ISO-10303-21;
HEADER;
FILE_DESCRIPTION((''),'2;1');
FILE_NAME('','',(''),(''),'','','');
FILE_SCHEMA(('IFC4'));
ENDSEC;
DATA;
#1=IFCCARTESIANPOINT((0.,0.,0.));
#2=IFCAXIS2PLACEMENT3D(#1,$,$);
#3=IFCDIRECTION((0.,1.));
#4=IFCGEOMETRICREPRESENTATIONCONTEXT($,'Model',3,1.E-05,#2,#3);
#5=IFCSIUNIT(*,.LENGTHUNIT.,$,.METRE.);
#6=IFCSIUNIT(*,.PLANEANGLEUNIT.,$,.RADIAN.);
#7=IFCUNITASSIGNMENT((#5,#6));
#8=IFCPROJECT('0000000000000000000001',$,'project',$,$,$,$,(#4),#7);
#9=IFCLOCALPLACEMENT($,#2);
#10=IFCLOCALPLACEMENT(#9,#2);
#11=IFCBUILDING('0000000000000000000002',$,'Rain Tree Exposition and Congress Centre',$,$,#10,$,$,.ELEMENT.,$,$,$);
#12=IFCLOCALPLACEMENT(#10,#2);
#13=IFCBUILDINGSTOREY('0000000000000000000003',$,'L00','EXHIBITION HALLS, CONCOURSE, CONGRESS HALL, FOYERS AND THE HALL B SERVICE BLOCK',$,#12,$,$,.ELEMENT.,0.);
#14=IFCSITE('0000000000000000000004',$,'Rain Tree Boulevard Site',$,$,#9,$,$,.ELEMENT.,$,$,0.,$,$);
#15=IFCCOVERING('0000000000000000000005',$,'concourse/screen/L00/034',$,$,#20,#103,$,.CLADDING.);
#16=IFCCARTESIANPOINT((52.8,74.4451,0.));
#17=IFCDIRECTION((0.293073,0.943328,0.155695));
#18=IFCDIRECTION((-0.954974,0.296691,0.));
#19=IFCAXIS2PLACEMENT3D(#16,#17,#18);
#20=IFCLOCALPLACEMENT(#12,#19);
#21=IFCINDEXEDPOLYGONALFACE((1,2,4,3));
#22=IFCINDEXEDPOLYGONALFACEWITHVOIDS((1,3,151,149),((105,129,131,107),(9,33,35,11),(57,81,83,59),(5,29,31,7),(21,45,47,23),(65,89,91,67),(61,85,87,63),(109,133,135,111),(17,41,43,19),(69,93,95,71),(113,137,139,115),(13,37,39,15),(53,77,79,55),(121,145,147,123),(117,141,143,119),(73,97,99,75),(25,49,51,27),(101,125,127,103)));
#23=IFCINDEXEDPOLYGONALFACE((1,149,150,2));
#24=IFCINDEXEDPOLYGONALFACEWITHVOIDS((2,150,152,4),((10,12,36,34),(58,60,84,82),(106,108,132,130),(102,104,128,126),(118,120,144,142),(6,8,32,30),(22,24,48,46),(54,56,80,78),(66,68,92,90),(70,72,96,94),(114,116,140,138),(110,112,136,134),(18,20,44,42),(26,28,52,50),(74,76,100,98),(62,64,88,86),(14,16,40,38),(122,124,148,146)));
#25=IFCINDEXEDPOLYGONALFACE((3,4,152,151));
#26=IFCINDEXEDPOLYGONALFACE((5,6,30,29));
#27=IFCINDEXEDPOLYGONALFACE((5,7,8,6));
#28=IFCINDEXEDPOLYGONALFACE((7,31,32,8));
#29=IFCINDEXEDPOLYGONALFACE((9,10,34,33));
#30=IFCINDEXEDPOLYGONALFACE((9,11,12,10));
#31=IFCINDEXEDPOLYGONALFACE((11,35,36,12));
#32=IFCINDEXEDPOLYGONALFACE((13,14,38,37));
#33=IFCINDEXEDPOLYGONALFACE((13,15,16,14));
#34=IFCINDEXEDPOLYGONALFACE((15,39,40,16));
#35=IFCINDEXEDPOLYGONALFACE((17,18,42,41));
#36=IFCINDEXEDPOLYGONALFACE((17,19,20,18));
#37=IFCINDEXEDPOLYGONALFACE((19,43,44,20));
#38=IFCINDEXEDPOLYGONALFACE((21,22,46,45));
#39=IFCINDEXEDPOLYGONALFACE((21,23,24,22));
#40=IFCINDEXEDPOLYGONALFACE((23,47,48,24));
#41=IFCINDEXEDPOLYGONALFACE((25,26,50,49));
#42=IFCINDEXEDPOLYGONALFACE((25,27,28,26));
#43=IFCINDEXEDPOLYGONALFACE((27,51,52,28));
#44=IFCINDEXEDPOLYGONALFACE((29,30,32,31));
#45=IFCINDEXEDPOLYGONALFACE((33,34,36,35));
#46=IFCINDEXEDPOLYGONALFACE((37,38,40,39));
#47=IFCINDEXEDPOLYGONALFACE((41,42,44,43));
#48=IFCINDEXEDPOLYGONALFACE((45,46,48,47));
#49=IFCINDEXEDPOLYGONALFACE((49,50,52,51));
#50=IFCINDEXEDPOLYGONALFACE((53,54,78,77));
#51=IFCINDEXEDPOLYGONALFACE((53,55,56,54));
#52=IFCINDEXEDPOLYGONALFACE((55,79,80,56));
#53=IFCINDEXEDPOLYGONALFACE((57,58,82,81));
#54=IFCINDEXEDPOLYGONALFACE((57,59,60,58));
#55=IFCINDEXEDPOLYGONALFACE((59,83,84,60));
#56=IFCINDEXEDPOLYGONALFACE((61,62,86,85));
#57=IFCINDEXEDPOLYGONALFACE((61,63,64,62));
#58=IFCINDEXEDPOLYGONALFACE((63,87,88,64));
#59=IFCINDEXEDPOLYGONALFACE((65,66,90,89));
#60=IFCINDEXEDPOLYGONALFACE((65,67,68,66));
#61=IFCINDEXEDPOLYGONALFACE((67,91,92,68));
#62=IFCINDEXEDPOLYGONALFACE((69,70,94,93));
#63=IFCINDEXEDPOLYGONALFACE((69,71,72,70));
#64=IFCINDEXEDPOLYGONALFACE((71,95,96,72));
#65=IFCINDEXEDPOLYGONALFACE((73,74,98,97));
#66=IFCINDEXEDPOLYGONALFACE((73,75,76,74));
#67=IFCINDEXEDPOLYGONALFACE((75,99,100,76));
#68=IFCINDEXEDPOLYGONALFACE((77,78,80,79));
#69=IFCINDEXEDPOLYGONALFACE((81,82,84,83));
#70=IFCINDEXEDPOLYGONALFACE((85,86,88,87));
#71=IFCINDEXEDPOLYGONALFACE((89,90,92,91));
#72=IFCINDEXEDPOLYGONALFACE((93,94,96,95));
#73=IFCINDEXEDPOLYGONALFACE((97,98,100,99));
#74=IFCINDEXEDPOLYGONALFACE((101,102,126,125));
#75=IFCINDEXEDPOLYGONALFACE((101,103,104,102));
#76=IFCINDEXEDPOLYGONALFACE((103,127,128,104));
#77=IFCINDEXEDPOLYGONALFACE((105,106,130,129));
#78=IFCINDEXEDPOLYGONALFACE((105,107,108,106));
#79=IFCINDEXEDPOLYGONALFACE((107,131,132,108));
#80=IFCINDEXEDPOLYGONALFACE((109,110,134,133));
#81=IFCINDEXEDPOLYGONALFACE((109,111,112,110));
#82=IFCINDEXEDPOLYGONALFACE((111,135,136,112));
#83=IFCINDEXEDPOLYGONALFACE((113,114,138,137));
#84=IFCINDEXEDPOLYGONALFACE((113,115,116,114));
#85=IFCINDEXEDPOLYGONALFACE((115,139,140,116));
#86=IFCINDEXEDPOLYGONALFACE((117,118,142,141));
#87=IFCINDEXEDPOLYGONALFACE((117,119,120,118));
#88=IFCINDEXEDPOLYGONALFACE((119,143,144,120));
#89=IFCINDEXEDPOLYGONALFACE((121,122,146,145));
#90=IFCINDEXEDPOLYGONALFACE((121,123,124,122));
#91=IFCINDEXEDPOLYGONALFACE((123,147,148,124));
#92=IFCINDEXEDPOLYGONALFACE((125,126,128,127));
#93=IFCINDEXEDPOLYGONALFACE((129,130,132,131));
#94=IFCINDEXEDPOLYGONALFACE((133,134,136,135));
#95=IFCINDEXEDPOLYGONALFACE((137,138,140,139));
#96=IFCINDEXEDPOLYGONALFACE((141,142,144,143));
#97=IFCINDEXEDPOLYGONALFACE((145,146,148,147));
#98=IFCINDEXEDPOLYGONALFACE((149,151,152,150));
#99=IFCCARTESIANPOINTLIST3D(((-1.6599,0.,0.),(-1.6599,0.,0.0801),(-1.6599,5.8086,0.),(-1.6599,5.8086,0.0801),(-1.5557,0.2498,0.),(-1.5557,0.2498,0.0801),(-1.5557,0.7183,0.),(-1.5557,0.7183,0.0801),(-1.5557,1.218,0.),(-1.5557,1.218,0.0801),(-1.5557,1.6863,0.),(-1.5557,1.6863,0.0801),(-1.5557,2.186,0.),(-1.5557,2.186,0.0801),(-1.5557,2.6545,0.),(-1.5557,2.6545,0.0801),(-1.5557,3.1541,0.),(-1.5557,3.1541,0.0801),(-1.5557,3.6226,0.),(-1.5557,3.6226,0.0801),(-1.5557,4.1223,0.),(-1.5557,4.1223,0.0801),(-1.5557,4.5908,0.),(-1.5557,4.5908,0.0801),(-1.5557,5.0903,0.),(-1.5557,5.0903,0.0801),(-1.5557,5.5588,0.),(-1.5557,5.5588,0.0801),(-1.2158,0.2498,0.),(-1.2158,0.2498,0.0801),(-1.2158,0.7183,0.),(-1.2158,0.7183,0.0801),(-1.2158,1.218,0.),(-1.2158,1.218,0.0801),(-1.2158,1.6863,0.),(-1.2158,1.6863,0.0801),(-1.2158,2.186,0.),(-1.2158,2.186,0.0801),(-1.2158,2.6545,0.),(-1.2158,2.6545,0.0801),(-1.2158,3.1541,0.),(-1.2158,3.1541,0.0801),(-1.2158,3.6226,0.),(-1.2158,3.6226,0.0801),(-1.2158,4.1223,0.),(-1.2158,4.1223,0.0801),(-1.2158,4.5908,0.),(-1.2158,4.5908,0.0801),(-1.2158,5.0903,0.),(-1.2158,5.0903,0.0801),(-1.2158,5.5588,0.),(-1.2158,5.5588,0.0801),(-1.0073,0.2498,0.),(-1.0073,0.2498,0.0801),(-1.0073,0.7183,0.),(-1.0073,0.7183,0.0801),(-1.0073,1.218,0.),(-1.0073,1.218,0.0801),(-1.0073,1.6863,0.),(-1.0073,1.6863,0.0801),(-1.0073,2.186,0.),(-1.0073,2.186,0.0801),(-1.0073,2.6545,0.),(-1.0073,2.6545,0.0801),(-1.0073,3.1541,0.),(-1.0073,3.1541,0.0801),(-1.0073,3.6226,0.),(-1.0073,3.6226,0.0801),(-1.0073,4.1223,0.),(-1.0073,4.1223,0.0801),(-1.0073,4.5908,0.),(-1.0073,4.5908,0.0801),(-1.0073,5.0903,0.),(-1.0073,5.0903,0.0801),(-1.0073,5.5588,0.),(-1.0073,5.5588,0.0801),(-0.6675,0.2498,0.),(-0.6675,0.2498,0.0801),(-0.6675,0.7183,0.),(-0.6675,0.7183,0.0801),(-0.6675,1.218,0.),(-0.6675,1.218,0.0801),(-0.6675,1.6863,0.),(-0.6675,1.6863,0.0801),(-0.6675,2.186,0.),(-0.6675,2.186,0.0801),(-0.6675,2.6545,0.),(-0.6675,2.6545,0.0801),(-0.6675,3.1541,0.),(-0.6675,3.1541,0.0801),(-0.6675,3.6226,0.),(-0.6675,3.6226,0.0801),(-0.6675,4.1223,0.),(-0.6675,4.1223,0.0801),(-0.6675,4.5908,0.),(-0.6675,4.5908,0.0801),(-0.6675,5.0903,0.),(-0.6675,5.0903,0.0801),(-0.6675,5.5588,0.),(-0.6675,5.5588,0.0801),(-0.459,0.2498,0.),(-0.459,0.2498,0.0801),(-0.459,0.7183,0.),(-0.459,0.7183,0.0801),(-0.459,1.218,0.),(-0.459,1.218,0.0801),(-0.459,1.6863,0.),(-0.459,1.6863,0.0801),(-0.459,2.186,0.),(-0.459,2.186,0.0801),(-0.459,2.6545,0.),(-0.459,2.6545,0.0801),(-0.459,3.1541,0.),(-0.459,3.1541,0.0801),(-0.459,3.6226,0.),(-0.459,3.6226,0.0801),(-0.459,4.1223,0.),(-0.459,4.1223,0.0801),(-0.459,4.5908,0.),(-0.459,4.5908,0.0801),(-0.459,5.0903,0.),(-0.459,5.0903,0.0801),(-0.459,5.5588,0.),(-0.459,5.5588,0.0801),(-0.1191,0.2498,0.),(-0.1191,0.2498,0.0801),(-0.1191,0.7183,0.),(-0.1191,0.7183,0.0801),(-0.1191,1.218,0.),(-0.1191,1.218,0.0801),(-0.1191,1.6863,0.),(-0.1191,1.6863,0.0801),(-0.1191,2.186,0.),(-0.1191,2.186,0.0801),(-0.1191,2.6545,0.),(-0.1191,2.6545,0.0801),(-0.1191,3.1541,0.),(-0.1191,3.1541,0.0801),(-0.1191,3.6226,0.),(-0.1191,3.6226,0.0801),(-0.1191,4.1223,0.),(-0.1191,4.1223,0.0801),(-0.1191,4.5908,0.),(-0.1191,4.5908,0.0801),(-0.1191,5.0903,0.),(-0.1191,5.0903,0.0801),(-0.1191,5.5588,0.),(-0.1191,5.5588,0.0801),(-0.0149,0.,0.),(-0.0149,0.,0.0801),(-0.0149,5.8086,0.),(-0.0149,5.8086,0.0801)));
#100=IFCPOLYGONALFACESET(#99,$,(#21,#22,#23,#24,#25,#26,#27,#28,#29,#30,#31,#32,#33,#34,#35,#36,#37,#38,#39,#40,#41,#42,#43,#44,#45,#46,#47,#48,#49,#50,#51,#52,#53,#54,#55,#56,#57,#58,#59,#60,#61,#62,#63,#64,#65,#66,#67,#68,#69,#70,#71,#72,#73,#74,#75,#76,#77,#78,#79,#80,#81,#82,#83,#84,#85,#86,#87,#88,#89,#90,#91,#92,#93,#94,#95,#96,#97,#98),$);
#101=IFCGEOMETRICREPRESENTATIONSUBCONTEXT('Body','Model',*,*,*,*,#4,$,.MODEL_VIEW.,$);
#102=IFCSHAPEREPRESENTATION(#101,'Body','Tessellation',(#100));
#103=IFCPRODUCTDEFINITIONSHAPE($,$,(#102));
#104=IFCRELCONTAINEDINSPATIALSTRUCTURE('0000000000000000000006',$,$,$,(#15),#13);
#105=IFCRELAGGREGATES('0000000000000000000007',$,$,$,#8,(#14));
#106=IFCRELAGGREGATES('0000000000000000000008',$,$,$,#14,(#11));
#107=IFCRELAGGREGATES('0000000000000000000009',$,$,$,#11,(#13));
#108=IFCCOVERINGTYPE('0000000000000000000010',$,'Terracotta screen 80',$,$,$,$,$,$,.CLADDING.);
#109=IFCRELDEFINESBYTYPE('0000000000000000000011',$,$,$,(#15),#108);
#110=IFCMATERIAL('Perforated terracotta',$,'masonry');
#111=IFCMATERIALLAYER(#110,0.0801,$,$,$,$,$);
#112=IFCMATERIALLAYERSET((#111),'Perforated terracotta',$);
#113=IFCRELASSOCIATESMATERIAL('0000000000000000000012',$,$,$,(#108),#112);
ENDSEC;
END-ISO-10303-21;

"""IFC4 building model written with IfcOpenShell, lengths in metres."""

from ifc_helpers import new_model, si_unit, direction, frame, origin, place, context, subcontext, project, spatial, polyline, outline, extrude, material, layer, layer_set, type_object, element, save


model = new_model("IFC4")

# Units and contexts
model_context = context("Model", 3, precision=1e-05, world=origin(), true_north=direction((0.0, 1.0)))
body_context = subcontext(model_context, "Body", "Model", "MODEL_VIEW")
ifc_project = project(units=[si_unit("LENGTHUNIT", "METRE"), si_unit("PLANEANGLEUNIT", "RADIAN")], contexts=[model_context])

# Site, building, storey
site_placement = place(None, origin())
site = spatial("IfcSite", under=ifc_project, at=site_placement, Name="Rain Tree Boulevard Site", CompositionType="ELEMENT", RefElevation=0.0)
building_placement = place(site_placement, origin())
building = spatial("IfcBuilding", under=site, at=building_placement, Name="Rain Tree Exposition and Congress Centre", CompositionType="ELEMENT")
storey_placement = place(building_placement, origin())
storey = spatial("IfcBuildingStorey", under=building, at=storey_placement, Name="L00", Description="EXHIBITION HALLS, CONCOURSE, CONGRESS HALL, FOYERS AND THE HALL B SERVICE BLOCK", CompositionType="ELEMENT", Elevation=0.0)

# Covering
ifc_material_1 = material(Name="Perforated terracotta", Category="masonry")
ifc_layer_1 = layer(ifc_material_1, 0.0801)
ifc_layer_set_1 = layer_set([ifc_layer_1], Name="Perforated terracotta")
covering_type = type_object("IfcCoveringType", Name="Terracotta screen 80", PredefinedType="CLADDING", material=ifc_layer_set_1)
covering_1_placement = place(storey_placement, frame((52.8, 74.4451, 0.0), z_axis=(0.293073, 0.943328, 0.155695), x_axis=(-0.954974, 0.296691, 0.0)))
element("IfcCovering", 1, at=covering_1_placement, inside=storey, type_object=covering_type, Name="concourse/screen/L00/034", PredefinedType="CLADDING", context=body_context, shape_type="SweptSolid", body=[
    extrude(outline(polyline([(-0.0149, 0.0), (-1.6599, 0.0), (-1.6599, 5.8086), (-0.0149, 5.8086), (-0.0149, 0.0)]), holes=[polyline([(-0.1191, 0.2498), (-0.1191, 0.7183), (-0.459, 0.7183), (-0.459, 0.2498), (-0.1191, 0.2498)]), polyline([(-0.1191, 1.218), (-0.1191, 1.6863), (-0.459, 1.6863), (-0.459, 1.218), (-0.1191, 1.218)]), polyline([(-0.1191, 2.186), (-0.1191, 2.6545), (-0.459, 2.6545), (-0.459, 2.186), (-0.1191, 2.186)]), polyline([(-0.1191, 3.1541), (-0.1191, 3.6226), (-0.459, 3.6226), (-0.459, 3.1541), (-0.1191, 3.1541)]), polyline([(-0.1191, 4.1223), (-0.1191, 4.5908), (-0.459, 4.5908), (-0.459, 4.1223), (-0.1191, 4.1223)]), polyline([(-0.1191, 5.0903), (-0.1191, 5.5588), (-0.459, 5.5588), (-0.459, 5.0903), (-0.1191, 5.0903)]), polyline([(-0.6675, 0.2498), (-0.6675, 0.7183), (-1.0073, 0.7183), (-1.0073, 0.2498), (-0.6675, 0.2498)]), polyline([(-0.6675, 1.218), (-0.6675, 1.6863), (-1.0073, 1.6863), (-1.0073, 1.218), (-0.6675, 1.218)]), polyline([(-0.6675, 2.186), (-0.6675, 2.6545), (-1.0073, 2.6545), (-1.0073, 2.186), (-0.6675, 2.186)]), polyline([(-0.6675, 3.1541), (-0.6675, 3.6226), (-1.0073, 3.6226), (-1.0073, 3.1541), (-0.6675, 3.1541)]), polyline([(-0.6675, 4.1223), (-0.6675, 4.5908), (-1.0073, 4.5908), (-1.0073, 4.1223), (-0.6675, 4.1223)]), polyline([(-0.6675, 5.0903), (-0.6675, 5.5588), (-1.0073, 5.5588), (-1.0073, 5.0903), (-0.6675, 5.0903)]), polyline([(-1.2158, 0.2498), (-1.2158, 0.7183), (-1.5557, 0.7183), (-1.5557, 0.2498), (-1.2158, 0.2498)]), polyline([(-1.2158, 1.218), (-1.2158, 1.6863), (-1.5557, 1.6863), (-1.5557, 1.218), (-1.2158, 1.218)]), polyline([(-1.2158, 2.186), (-1.2158, 2.6545), (-1.5557, 2.6545), (-1.5557, 2.186), (-1.2158, 2.186)]), polyline([(-1.2158, 3.1541), (-1.2158, 3.6226), (-1.5557, 3.6226), (-1.5557, 3.1541), (-1.2158, 3.1541)]), polyline([(-1.2158, 4.1223), (-1.2158, 4.5908), (-1.5557, 4.5908), (-1.5557, 4.1223), (-1.2158, 4.1223)]), polyline([(-1.2158, 5.0903), (-1.2158, 5.5588), (-1.5557, 5.5588), (-1.5557, 5.0903), (-1.2158, 5.0903)])]), origin(), (0.0, 0.0, 1.0), 0.0801),
])

save(model, "model.ifc")
